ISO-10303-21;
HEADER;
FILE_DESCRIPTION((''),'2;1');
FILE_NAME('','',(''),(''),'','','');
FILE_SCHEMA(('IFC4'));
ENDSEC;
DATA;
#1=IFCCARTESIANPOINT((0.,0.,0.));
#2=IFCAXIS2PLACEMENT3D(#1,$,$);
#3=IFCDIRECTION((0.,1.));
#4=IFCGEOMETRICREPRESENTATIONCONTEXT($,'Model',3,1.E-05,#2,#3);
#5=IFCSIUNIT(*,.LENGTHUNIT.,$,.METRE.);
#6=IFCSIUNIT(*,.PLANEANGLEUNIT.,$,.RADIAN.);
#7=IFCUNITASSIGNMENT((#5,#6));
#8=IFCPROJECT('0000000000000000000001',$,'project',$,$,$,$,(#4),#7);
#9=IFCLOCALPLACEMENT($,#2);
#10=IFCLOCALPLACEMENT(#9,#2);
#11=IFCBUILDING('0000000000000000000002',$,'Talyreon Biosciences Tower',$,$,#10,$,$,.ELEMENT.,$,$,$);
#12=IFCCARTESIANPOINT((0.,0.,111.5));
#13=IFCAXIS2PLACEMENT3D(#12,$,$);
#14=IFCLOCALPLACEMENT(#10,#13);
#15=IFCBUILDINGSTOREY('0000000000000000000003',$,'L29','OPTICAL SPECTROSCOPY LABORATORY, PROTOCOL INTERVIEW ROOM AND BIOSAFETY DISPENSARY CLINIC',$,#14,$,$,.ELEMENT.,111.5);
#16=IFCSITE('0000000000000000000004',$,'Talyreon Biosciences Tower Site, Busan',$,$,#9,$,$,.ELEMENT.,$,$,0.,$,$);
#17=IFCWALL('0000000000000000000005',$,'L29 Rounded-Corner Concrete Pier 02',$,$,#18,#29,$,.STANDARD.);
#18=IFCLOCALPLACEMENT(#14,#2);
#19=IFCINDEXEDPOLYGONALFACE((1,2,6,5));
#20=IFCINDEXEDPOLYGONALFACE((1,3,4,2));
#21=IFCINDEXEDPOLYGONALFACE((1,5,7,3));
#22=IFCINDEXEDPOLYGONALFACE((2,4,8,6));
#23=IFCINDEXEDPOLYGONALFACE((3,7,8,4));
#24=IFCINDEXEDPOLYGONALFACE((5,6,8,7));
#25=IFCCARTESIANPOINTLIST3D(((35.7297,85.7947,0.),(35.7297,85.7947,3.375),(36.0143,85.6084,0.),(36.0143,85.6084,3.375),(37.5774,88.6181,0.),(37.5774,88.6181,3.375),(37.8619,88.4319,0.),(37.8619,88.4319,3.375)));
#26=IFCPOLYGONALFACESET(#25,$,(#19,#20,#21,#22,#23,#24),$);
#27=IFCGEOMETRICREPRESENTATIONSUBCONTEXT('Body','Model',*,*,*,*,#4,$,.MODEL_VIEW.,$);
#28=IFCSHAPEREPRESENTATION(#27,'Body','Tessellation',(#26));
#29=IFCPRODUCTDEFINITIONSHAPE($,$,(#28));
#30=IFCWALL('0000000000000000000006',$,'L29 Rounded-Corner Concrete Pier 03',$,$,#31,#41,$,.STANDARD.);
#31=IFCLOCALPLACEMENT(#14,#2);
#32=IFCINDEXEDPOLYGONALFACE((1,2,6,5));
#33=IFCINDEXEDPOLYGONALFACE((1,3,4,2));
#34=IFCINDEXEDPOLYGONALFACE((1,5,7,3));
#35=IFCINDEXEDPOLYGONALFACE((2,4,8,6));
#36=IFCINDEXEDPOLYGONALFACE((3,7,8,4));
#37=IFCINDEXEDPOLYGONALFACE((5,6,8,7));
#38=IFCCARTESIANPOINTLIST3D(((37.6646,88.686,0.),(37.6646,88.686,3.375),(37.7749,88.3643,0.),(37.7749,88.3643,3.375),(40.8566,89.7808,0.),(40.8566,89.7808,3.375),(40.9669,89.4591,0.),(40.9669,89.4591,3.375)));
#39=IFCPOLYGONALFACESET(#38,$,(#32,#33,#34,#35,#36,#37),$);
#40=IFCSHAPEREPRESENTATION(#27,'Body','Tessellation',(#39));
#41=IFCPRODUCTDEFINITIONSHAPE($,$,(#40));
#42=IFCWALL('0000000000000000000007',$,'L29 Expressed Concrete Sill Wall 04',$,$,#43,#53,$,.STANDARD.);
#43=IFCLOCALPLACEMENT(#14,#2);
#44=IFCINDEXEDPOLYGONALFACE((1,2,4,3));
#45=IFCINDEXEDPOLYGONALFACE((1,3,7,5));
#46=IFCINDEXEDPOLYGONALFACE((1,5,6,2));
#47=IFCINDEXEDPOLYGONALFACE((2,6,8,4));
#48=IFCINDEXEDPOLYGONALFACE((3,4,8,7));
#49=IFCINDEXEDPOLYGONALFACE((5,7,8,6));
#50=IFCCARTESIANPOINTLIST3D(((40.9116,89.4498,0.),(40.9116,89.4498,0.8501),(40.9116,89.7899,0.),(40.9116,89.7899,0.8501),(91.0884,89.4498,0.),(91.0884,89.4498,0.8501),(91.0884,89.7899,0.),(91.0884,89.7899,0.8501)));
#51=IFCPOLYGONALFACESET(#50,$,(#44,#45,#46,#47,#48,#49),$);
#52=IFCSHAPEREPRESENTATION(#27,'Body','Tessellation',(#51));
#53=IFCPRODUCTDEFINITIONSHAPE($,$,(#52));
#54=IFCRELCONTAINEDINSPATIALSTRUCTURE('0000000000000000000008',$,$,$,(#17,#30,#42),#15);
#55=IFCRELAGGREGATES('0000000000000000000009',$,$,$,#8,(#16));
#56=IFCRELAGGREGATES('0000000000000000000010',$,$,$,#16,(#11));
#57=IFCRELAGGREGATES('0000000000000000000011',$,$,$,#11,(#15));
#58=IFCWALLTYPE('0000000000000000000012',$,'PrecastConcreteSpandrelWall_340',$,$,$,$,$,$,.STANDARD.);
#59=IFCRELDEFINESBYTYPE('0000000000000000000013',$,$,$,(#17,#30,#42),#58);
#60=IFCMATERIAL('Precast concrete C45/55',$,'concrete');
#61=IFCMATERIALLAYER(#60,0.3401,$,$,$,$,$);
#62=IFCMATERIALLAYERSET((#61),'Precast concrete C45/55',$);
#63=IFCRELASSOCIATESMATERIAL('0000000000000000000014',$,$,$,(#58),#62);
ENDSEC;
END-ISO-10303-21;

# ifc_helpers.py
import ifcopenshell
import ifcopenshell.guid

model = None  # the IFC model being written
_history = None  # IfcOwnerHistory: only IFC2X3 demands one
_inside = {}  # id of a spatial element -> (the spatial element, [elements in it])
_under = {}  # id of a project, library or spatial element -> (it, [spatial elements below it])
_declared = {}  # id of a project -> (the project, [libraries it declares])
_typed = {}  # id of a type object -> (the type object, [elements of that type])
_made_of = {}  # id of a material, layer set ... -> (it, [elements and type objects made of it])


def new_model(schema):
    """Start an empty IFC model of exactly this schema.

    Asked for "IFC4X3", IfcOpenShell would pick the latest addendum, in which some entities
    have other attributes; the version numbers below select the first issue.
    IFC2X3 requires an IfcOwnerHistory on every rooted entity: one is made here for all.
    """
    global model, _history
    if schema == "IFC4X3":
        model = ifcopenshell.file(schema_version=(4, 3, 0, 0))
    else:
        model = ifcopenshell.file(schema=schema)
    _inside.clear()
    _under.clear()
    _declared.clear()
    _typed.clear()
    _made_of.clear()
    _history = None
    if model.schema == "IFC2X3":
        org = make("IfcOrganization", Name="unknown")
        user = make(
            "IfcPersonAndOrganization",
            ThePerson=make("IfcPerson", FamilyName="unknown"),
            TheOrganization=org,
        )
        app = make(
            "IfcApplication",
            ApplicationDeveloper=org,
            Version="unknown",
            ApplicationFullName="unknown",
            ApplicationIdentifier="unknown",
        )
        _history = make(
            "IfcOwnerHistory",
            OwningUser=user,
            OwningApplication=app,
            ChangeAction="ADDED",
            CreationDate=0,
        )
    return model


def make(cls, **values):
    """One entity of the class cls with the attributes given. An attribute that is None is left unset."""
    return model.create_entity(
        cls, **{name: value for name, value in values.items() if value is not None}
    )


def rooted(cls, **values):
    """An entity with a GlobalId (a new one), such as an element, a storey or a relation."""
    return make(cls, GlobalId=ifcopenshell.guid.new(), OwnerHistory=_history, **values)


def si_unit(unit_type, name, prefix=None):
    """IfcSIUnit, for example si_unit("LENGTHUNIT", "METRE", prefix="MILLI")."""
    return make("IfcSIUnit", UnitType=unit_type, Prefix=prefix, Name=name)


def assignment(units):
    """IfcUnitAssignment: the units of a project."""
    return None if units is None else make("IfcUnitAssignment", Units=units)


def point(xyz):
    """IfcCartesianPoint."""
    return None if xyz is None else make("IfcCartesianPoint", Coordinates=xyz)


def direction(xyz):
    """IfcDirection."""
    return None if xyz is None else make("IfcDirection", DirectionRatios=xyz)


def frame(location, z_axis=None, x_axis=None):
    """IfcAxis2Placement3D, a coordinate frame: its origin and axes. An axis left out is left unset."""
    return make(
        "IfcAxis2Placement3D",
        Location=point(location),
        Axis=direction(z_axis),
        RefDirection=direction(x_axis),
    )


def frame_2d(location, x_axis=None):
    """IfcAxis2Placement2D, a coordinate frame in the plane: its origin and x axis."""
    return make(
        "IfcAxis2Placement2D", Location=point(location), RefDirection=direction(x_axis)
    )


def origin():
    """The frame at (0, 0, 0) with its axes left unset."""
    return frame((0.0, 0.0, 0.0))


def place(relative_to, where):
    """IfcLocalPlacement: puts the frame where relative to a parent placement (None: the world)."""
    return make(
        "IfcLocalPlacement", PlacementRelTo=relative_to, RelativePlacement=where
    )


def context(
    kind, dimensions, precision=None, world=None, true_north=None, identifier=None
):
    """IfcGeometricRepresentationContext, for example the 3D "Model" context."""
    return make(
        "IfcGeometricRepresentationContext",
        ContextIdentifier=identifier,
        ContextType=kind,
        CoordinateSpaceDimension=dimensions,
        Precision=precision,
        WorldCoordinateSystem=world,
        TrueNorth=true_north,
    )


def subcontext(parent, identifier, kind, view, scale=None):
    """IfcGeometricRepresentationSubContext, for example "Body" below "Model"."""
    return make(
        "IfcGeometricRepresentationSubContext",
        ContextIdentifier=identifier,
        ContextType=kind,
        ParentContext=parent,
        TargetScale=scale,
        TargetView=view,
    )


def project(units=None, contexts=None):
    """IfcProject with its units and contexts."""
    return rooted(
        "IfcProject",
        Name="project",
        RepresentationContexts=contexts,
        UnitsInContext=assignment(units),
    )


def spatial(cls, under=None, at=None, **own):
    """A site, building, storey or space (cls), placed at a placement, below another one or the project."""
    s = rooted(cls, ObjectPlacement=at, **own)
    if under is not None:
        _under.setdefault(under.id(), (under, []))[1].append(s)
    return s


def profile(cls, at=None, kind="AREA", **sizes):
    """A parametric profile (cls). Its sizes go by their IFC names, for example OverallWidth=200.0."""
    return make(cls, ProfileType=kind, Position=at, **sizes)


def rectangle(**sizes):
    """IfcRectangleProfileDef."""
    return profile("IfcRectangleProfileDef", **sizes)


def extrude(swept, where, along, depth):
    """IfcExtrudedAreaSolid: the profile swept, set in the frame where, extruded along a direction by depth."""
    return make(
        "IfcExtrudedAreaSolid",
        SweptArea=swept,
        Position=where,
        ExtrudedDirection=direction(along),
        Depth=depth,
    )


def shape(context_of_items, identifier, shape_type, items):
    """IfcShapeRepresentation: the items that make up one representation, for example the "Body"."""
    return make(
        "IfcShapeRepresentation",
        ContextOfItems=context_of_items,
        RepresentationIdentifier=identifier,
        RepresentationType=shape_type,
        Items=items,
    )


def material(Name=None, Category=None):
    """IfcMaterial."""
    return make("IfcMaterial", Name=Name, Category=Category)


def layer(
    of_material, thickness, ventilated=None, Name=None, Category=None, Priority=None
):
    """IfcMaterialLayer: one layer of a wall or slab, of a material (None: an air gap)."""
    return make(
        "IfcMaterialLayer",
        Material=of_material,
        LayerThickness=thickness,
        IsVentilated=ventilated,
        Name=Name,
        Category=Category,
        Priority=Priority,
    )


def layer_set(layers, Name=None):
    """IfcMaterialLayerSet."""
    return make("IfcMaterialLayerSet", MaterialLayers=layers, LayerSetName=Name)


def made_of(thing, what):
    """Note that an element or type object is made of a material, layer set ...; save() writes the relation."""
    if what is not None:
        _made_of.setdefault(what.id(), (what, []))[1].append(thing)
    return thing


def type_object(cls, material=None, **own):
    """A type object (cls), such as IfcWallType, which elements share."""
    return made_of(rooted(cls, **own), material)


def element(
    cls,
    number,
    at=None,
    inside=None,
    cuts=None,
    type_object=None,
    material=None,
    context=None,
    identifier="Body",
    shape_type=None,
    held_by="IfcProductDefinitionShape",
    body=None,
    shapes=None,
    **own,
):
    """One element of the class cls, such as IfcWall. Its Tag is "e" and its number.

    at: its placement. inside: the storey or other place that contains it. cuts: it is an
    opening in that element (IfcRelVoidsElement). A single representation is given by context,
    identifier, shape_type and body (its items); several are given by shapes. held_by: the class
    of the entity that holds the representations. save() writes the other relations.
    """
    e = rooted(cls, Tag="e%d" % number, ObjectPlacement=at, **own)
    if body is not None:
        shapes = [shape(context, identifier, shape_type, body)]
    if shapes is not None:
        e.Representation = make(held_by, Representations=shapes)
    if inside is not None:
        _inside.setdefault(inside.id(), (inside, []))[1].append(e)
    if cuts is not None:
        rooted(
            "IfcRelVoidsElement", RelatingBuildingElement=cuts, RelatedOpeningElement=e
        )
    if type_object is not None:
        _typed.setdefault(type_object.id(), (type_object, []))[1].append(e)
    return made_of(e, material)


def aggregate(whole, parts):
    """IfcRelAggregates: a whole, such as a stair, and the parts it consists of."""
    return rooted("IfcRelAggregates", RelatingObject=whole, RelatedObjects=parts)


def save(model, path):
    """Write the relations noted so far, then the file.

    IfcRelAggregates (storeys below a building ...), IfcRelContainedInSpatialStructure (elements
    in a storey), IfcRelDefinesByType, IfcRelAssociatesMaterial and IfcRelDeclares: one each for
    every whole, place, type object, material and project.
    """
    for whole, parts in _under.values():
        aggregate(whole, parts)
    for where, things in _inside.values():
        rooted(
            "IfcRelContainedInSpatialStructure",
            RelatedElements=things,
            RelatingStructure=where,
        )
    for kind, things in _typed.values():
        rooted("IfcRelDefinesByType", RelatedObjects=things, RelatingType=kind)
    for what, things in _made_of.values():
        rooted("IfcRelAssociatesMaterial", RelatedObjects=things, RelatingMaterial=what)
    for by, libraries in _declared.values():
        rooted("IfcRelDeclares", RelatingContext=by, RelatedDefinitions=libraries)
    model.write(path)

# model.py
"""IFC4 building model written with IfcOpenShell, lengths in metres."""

from ifc_helpers import new_model, si_unit, direction, frame, frame_2d, origin, place, context, subcontext, project, spatial, rectangle, extrude, material, layer, layer_set, type_object, element, save


model = new_model("IFC4")

# Units and contexts
model_context = context("Model", 3, precision=1e-05, world=origin(), true_north=direction((0.0, 1.0)))
body_context = subcontext(model_context, "Body", "Model", "MODEL_VIEW")
ifc_project = project(units=[si_unit("LENGTHUNIT", "METRE"), si_unit("PLANEANGLEUNIT", "RADIAN")], contexts=[model_context])

# Site, building, storey
site_placement = place(None, origin())
site = spatial("IfcSite", under=ifc_project, at=site_placement, Name="Talyreon Biosciences Tower Site, Busan", CompositionType="ELEMENT", RefElevation=0.0)
building_placement = place(site_placement, origin())
building = spatial("IfcBuilding", under=site, at=building_placement, Name="Talyreon Biosciences Tower", CompositionType="ELEMENT")
storey_placement = place(building_placement, frame((0.0, 0.0, 111.5)))
storey = spatial("IfcBuildingStorey", under=building, at=storey_placement, Name="L29", Description="OPTICAL SPECTROSCOPY LABORATORY, PROTOCOL INTERVIEW ROOM AND BIOSAFETY DISPENSARY CLINIC", CompositionType="ELEMENT", Elevation=111.5)

# Shared definitions
ifc_material_1 = material(Name="Precast concrete C45/55", Category="concrete")

# Walls
ifc_layer_1 = layer(ifc_material_1, 0.3401)
ifc_layer_set_1 = layer_set([ifc_layer_1], Name="Precast concrete C45/55")
wall_type_1 = type_object("IfcWallType", Name="PrecastConcreteSpandrelWall_340", PredefinedType="STANDARD", material=ifc_layer_set_1)
for number, where, z_axis, x_axis, name in (
    (1, (35.8721, 85.7017, 0.0), (0.0, 0.0, 1.0), (0.547567, 0.836762, 0.0), "L29 Rounded-Corner Concrete Pier 02"),
):
    element("IfcWall", number, at=place(storey_placement, frame(where, z_axis=z_axis, x_axis=x_axis)), inside=storey, type_object=wall_type_1, Name=name, PredefinedType="STANDARD", context=body_context, shape_type="SweptSolid", body=[
        extrude(rectangle(XDim=3.3743, YDim=0.3401, at=frame_2d((1.687, 0.0))), origin(), (0.0, 0.0, 1.0), 3.375),
    ])
wall_1_placement = place(storey_placement, frame((37.7197, 88.5251, 0.0), z_axis=(0.0, 0.0, 1.0), x_axis=(0.945913, 0.324421, 0.0)))
element("IfcWall", 2, at=wall_1_placement, inside=storey, type_object=wall_type_1, Name="L29 Rounded-Corner Concrete Pier 03", PredefinedType="STANDARD", context=body_context, shape_type="SweptSolid", body=[
    extrude(rectangle(XDim=3.3745, YDim=0.3401, at=frame_2d((1.6873, 0.0))), origin(), (0.0, 0.0, 1.0), 3.375),
])
wall_2_placement = place(storey_placement, frame((40.9116, 89.6199, 0.0), z_axis=(0.0, 0.0, 1.0), x_axis=(1.0, 0.0, 0.0)))
element("IfcWall", 3, at=wall_2_placement, inside=storey, type_object=wall_type_1, Name="L29 Expressed Concrete Sill Wall 04", PredefinedType="STANDARD", context=body_context, shape_type="SweptSolid", body=[
    extrude(rectangle(XDim=50.1768, YDim=0.3401, at=frame_2d((25.0884, 0.0))), origin(), (0.0, 0.0, 1.0), 0.8501),
])

save(model, "model.ifc")
